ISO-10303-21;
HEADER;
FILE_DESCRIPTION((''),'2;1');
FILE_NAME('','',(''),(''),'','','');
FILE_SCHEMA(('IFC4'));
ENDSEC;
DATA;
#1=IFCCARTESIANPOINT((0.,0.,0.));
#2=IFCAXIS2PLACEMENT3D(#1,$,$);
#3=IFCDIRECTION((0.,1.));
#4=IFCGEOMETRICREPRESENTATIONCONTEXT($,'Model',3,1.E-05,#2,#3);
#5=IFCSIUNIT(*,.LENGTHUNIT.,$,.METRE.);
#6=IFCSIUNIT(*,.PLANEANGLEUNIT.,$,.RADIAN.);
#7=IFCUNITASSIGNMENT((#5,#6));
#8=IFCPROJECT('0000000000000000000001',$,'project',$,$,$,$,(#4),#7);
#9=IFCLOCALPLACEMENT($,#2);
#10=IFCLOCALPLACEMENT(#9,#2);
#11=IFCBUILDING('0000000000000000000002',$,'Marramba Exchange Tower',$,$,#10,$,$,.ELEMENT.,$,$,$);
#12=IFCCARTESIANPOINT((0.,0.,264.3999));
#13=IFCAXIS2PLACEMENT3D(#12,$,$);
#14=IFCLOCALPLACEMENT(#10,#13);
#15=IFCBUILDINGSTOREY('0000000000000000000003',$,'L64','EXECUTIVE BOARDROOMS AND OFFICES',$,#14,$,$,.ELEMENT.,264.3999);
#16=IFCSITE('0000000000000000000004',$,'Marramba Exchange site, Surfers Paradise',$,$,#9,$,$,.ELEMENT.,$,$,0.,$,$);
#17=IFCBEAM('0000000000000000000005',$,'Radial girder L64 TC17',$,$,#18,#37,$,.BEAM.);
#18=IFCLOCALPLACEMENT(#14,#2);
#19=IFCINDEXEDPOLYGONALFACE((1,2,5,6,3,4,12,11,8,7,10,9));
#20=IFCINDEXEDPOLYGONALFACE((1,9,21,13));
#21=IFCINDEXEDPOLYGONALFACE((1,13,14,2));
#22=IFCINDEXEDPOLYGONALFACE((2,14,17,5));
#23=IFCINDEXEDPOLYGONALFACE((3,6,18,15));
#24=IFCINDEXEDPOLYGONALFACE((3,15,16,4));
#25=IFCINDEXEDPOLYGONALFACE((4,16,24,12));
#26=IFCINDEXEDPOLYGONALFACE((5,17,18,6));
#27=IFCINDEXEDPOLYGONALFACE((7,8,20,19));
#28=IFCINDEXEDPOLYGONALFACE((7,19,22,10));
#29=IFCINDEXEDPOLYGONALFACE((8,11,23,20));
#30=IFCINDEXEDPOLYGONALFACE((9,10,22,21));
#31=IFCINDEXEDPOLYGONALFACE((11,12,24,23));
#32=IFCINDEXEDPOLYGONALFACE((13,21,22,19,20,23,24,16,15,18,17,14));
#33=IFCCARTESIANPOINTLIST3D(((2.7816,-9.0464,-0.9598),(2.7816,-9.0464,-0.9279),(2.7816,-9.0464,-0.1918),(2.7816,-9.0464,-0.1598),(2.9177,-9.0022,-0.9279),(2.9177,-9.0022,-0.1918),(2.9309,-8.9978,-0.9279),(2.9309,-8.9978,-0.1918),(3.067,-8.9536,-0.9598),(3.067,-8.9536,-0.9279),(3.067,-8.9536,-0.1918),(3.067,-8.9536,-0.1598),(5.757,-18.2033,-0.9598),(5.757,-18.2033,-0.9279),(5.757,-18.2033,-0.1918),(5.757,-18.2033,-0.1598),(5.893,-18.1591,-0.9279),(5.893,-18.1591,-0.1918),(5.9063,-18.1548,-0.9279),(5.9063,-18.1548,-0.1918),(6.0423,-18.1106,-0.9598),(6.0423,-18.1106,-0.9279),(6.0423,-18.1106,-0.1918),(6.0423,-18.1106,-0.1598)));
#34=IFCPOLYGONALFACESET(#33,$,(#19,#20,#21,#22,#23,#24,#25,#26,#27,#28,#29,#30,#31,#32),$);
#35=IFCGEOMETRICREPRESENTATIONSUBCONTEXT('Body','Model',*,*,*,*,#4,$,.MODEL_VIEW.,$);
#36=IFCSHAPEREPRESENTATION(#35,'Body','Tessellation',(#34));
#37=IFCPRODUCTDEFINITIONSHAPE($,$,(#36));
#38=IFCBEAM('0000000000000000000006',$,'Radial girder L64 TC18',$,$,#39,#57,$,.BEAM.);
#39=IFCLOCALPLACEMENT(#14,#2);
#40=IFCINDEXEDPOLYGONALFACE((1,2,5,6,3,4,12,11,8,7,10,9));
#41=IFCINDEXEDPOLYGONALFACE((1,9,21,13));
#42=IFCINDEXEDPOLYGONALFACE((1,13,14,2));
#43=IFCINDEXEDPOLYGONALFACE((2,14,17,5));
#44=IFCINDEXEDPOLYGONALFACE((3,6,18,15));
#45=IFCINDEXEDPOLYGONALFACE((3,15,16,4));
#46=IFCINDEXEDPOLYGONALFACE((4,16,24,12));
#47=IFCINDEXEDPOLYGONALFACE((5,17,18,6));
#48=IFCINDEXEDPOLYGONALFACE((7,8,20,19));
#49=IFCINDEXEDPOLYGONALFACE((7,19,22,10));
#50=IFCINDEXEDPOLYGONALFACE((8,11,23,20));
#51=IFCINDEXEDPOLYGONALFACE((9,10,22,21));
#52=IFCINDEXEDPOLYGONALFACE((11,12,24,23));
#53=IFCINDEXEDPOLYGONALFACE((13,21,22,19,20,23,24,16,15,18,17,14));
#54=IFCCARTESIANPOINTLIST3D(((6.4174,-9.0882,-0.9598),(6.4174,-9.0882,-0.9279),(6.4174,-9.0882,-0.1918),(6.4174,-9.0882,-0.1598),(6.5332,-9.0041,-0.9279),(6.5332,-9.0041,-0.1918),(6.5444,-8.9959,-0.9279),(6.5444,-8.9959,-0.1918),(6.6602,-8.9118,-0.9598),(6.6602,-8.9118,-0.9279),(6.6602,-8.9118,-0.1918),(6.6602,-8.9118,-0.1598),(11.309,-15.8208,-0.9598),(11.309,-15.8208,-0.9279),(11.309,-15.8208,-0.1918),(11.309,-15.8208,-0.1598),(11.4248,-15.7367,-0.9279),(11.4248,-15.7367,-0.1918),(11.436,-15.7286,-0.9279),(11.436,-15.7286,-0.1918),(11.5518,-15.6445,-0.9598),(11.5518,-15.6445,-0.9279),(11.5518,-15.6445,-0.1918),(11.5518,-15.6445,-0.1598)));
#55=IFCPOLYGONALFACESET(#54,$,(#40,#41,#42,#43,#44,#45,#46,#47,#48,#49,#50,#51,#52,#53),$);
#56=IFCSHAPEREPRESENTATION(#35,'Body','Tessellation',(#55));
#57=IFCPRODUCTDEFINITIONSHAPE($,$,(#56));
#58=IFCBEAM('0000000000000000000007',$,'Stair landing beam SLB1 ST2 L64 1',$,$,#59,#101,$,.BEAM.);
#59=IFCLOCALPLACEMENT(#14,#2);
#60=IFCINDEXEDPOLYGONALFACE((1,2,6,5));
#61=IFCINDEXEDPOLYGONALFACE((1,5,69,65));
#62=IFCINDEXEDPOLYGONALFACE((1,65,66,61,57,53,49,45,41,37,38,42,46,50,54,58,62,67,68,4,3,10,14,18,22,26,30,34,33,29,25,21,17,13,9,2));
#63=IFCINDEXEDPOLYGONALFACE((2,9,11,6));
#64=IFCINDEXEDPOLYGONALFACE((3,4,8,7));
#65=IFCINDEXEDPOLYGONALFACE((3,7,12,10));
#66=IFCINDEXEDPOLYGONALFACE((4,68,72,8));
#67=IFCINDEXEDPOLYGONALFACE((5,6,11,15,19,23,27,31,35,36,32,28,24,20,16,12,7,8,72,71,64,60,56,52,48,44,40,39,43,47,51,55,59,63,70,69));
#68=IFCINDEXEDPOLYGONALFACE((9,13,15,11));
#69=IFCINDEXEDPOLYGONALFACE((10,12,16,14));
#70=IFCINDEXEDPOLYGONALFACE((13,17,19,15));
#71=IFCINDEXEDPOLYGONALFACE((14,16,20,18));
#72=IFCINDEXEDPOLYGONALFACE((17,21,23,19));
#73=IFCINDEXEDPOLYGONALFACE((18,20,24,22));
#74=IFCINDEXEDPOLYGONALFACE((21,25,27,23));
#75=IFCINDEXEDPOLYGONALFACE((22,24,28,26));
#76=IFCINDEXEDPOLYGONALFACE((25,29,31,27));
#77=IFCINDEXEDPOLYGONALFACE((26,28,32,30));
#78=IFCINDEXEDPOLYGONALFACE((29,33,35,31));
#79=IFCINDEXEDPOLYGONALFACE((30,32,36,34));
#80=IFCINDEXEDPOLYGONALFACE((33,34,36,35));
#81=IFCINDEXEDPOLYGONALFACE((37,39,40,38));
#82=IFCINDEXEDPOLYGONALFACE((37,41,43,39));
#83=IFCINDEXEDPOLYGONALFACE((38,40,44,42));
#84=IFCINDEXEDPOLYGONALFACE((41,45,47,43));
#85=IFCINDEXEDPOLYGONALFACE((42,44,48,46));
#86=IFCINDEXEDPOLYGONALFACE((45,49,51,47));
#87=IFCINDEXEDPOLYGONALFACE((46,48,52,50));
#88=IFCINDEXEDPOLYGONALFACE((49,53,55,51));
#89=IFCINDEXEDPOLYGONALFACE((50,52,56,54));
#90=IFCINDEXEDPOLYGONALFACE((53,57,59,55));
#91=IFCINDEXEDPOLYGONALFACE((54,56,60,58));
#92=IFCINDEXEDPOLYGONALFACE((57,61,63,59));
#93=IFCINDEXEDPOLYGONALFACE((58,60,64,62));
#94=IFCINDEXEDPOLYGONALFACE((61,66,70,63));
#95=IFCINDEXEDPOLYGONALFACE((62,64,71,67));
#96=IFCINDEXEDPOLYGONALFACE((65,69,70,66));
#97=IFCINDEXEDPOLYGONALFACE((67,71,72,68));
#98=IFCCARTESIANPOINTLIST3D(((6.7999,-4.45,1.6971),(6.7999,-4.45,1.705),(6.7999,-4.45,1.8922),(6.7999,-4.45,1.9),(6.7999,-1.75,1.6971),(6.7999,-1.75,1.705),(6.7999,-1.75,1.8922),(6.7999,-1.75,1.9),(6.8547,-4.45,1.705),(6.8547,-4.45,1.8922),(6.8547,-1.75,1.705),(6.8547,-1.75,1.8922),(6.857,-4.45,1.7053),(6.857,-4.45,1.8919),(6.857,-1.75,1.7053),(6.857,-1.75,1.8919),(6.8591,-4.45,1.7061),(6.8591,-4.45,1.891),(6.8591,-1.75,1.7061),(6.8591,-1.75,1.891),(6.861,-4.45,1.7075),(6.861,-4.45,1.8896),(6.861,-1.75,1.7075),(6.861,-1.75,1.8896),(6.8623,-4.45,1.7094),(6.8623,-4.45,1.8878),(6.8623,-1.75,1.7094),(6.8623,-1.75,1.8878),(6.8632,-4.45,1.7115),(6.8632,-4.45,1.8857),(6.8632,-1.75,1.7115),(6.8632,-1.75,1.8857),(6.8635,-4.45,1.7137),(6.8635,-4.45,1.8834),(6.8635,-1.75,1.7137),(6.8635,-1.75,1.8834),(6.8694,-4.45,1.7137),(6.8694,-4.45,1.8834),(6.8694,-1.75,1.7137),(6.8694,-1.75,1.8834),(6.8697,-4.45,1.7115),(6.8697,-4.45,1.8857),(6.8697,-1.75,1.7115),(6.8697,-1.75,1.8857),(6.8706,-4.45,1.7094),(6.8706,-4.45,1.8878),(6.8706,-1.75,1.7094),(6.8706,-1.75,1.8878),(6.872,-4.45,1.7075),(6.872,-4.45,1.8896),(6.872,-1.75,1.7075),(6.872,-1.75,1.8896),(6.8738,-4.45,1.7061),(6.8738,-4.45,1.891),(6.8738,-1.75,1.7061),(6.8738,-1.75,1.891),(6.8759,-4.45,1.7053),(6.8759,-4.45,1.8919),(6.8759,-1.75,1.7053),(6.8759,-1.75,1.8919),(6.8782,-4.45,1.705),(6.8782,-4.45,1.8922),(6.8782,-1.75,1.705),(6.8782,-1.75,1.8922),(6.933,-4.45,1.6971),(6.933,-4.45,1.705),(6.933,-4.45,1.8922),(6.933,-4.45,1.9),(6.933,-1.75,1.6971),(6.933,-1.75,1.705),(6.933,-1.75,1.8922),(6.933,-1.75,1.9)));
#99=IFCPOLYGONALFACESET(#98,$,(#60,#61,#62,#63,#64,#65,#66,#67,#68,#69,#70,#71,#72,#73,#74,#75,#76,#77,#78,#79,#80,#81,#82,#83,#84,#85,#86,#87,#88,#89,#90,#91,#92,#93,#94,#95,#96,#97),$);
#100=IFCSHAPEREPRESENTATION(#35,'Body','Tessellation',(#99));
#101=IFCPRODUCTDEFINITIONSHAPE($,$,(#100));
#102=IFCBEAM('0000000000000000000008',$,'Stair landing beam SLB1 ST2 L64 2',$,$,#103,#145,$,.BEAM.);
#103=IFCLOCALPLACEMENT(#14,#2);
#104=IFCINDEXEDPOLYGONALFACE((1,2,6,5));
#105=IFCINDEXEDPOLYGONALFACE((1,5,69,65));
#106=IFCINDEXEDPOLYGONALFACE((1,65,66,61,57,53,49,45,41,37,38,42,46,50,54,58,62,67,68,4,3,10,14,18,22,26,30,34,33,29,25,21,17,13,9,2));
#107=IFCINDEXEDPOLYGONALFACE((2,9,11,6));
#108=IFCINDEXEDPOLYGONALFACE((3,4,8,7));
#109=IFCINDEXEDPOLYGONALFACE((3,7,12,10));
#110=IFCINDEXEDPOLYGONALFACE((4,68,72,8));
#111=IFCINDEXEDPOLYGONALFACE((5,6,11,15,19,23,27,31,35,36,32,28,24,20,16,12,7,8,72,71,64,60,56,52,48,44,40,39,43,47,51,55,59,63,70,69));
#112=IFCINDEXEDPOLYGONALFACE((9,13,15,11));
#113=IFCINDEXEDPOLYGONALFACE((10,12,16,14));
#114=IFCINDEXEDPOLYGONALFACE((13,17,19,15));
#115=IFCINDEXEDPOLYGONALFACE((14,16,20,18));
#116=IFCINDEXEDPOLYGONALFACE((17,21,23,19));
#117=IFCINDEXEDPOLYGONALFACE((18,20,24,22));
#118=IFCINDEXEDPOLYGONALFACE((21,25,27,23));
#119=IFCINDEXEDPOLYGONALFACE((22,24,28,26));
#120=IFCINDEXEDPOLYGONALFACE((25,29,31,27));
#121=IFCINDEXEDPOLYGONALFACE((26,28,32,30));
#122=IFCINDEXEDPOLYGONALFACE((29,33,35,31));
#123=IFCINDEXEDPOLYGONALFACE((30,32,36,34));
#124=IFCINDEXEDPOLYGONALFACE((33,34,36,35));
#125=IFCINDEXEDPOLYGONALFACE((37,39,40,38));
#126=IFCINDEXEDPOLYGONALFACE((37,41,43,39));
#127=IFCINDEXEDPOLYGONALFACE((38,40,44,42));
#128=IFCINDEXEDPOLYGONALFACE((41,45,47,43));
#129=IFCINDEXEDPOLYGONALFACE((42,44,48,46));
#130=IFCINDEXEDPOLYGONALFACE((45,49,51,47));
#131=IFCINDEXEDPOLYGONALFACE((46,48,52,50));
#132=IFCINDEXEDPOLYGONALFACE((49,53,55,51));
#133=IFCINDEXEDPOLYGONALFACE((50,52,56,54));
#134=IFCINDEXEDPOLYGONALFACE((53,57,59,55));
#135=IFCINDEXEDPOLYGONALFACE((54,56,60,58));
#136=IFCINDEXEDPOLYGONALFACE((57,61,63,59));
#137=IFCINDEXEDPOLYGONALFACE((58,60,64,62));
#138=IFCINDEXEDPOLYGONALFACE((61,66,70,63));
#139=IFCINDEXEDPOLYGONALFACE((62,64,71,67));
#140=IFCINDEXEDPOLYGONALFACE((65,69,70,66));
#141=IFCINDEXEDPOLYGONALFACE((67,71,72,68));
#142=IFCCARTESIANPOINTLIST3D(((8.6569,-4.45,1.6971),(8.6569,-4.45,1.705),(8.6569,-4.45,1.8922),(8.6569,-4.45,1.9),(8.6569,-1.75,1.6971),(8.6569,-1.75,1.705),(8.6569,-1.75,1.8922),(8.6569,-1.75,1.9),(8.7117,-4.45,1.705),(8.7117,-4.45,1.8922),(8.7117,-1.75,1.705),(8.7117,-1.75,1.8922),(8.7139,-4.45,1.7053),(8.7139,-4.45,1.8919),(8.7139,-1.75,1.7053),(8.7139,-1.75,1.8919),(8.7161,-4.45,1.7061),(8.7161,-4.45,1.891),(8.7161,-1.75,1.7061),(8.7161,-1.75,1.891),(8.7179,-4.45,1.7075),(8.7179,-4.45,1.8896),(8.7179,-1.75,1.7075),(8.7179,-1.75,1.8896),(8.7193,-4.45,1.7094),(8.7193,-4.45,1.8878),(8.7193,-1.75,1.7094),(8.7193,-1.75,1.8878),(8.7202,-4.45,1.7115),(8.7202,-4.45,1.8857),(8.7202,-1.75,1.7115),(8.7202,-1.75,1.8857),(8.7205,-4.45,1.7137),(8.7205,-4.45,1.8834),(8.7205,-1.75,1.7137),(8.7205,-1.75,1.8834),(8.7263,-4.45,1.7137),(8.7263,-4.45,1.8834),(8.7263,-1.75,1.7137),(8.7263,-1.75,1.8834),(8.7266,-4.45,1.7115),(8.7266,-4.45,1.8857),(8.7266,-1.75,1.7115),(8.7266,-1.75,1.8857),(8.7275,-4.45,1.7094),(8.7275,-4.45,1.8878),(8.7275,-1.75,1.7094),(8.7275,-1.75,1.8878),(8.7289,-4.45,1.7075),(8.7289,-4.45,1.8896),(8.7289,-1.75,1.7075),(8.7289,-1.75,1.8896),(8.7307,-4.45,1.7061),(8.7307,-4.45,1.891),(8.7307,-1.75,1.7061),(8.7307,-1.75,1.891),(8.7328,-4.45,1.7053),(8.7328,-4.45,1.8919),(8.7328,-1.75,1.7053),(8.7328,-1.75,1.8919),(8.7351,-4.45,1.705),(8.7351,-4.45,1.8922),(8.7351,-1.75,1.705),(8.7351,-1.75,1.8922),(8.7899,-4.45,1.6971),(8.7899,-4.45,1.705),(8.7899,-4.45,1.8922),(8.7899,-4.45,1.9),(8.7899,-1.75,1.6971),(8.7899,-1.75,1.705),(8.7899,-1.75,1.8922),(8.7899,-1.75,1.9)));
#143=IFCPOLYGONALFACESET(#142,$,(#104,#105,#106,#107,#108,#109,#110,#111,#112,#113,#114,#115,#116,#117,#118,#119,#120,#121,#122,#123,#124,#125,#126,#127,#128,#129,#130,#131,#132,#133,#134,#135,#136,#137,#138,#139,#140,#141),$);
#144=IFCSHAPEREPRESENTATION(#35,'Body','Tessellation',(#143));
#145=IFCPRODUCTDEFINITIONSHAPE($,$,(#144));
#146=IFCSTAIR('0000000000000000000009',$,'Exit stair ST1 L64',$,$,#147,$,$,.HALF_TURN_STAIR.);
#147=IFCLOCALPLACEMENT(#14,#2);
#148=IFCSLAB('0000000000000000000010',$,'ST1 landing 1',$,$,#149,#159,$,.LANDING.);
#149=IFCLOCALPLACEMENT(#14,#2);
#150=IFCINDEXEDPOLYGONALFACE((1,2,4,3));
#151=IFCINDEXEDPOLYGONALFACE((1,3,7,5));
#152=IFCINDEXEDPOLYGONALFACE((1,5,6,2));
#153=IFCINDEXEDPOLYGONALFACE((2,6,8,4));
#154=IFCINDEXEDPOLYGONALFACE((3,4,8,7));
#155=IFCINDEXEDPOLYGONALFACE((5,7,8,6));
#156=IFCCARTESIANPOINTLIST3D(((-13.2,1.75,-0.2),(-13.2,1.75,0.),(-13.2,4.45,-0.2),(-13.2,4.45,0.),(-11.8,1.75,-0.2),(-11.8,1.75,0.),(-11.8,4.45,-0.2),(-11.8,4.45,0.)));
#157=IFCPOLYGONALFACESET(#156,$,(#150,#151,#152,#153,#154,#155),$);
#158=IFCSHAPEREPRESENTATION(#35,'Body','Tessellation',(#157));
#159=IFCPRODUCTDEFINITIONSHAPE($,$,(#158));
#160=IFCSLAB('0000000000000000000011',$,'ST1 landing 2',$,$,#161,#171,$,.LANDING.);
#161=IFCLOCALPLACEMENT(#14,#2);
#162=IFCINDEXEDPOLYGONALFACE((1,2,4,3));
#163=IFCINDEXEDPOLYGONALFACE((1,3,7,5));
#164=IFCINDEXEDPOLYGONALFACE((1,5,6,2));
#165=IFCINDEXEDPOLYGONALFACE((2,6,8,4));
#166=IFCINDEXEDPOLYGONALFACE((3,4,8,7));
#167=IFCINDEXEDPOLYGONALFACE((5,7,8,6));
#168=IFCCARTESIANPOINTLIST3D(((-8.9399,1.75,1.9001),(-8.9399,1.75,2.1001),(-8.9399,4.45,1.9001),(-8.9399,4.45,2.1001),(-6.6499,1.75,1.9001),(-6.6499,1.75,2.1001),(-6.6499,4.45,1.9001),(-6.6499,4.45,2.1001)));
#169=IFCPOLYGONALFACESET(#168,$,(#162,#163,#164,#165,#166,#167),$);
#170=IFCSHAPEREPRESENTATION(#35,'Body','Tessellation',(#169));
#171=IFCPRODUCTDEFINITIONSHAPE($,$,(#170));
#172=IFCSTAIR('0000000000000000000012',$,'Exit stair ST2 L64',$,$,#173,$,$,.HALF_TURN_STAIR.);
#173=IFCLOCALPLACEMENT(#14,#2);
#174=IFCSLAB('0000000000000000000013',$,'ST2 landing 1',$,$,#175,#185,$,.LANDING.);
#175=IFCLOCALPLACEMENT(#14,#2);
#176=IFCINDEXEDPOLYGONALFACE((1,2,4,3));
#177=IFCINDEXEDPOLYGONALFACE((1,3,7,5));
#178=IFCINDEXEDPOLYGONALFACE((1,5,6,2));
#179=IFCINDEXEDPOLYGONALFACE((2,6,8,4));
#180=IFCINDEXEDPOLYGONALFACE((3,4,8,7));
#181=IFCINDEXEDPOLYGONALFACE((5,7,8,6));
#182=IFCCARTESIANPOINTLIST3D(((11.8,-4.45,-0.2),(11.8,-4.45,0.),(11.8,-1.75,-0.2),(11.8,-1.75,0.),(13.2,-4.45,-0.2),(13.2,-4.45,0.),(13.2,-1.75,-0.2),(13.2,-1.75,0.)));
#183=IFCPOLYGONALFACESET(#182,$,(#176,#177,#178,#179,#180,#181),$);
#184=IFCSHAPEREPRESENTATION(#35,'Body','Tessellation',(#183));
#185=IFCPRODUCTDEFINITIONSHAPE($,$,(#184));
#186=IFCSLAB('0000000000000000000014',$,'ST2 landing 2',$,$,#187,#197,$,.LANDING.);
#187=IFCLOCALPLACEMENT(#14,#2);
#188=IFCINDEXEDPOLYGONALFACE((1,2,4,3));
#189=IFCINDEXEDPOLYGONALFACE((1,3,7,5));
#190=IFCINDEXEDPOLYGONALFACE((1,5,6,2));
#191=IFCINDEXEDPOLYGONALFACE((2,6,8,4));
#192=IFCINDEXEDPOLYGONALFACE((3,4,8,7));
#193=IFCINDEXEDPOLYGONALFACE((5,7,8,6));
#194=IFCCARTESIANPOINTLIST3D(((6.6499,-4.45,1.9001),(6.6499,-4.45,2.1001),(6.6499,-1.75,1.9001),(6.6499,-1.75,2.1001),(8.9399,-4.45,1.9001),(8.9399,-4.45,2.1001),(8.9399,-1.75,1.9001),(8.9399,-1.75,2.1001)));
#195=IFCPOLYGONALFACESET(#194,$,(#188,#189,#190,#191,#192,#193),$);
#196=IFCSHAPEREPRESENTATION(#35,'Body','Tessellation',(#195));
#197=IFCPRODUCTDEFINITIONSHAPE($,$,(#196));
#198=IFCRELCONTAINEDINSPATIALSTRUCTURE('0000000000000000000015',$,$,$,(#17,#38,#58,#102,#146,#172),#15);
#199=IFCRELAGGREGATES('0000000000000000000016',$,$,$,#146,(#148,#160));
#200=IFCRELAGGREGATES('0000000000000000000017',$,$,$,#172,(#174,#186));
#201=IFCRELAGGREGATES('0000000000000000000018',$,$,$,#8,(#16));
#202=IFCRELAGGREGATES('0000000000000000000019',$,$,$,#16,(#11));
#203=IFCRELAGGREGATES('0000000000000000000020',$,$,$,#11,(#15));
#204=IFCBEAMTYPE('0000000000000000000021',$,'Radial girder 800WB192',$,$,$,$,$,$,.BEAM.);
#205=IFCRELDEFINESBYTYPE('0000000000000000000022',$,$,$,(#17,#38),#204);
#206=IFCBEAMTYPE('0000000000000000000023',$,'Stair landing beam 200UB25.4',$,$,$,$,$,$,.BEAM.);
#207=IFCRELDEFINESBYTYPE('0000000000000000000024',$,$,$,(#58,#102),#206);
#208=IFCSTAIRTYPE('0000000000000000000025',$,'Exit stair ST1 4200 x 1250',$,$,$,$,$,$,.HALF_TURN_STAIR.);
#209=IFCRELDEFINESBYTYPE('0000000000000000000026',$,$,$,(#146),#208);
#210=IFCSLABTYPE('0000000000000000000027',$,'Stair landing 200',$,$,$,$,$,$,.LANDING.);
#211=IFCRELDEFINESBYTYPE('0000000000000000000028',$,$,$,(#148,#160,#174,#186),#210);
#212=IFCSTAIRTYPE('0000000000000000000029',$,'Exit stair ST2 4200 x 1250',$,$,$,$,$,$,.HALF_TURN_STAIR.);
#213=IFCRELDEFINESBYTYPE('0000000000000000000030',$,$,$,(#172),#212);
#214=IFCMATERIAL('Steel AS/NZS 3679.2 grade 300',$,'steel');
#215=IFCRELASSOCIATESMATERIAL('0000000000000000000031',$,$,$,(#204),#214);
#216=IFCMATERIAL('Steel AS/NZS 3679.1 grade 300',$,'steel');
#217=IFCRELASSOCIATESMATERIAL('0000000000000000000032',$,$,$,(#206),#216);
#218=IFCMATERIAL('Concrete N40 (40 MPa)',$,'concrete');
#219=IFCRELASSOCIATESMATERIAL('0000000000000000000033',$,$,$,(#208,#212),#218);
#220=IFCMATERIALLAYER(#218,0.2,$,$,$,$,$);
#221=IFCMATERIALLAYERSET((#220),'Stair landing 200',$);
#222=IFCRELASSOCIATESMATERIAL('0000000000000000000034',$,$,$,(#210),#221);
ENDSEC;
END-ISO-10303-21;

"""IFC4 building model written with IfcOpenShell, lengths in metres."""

from ifc_helpers import new_model, si_unit, direction, frame, origin, origin_2d, place, context, subcontext, project, spatial, polyline, i_section, outline, extrude, material, layer, layer_set, material_profile, profile_set, type_object, element, aggregate, save


model = new_model("IFC4")

# Units and contexts
model_context = context("Model", 3, precision=1e-05, world=origin(), true_north=direction((0.0, 1.0)))
body_context = subcontext(model_context, "Body", "Model", "MODEL_VIEW")
ifc_project = project(units=[si_unit("LENGTHUNIT", "METRE"), si_unit("PLANEANGLEUNIT", "RADIAN")], contexts=[model_context])

# Site, building, storey
site_placement = place(None, origin())
site = spatial("IfcSite", under=ifc_project, at=site_placement, Name="Marramba Exchange site, Surfers Paradise", CompositionType="ELEMENT", RefElevation=0.0)
building_placement = place(site_placement, origin())
building = spatial("IfcBuilding", under=site, at=building_placement, Name="Marramba Exchange Tower", CompositionType="ELEMENT")
storey_placement = place(building_placement, frame((0.0, 0.0, 264.3999)))
storey = spatial("IfcBuildingStorey", under=building, at=storey_placement, Name="L64", Description="EXECUTIVE BOARDROOMS AND OFFICES", CompositionType="ELEMENT", Elevation=264.3999)

# Beams
ifc_material_1 = material(Name="Steel AS/NZS 3679.2 grade 300", Category="steel")
ifc_material_profile_1 = material_profile(ifc_material_1, i_section(OverallWidth=0.3, OverallDepth=0.8, WebThickness=0.0139, FlangeThickness=0.032, at=origin_2d()), Name="800WB192")
ifc_profile_set_1 = profile_set([ifc_material_profile_1], Name="Steel AS/NZS 3679.2 grade 300")
beam_type_1 = type_object("IfcBeamType", Name="Radial girder 800WB192", PredefinedType="BEAM", material=ifc_profile_set_1)
beam_1_placement = place(storey_placement, frame((2.9243, -9.0, -0.5598), z_axis=(0.309022, -0.951055, 0.0), x_axis=(0.951055, 0.309022, 0.0)))
element("IfcBeam", 1, at=beam_1_placement, inside=storey, type_object=beam_type_1, Name="Radial girder L64 TC17", PredefinedType="BEAM", context=body_context, shape_type="SweptSolid", body=[
    extrude(i_section(OverallWidth=0.3, OverallDepth=0.8, WebThickness=0.0139, FlangeThickness=0.032, at=origin_2d()), origin(), (0.0, 0.0, 1.0), 9.6282),
])
beam_2_placement = place(storey_placement, frame((6.5388, -9.0, -0.5598), z_axis=(0.587788, -0.809015, 0.0), x_axis=(0.809015, 0.587788, 0.0)))
element("IfcBeam", 2, at=beam_2_placement, inside=storey, type_object=beam_type_1, Name="Radial girder L64 TC18", PredefinedType="BEAM", context=body_context, shape_type="SweptSolid", body=[
    extrude(i_section(OverallWidth=0.3, OverallDepth=0.8, WebThickness=0.0139, FlangeThickness=0.032, at=origin_2d()), origin(), (0.0, 0.0, 1.0), 8.322),
])
ifc_material_2 = material(Name="Steel AS/NZS 3679.1 grade 300", Category="steel")
ifc_material_profile_2 = material_profile(ifc_material_2, i_section(OverallWidth=0.1331, OverallDepth=0.2029, WebThickness=0.0059, FlangeThickness=0.0078, FilletRadius=0.0088, at=origin_2d()), Name="200UB25.4")
ifc_profile_set_2 = profile_set([ifc_material_profile_2], Name="Steel AS/NZS 3679.1 grade 300")
beam_type_2 = type_object("IfcBeamType", Name="Stair landing beam 200UB25.4", PredefinedType="BEAM", material=ifc_profile_set_2)
for number, where, z_axis, x_axis, name in (
    (3, (6.8665, -4.45, 1.7986), (0.0, 1.0, 0.0), (-1.0, 0.0, 0.0), "Stair landing beam SLB1 ST2 L64 1"),
    (4, (8.7234, -4.45, 1.7986), (0.0, 1.0, 0.0), (-1.0, 0.0, 0.0), "Stair landing beam SLB1 ST2 L64 2"),
):
    element("IfcBeam", number, at=place(storey_placement, frame(where, z_axis=z_axis, x_axis=x_axis)), inside=storey, type_object=beam_type_2, Name=name, PredefinedType="BEAM", context=body_context, shape_type="SweptSolid", body=[
        extrude(i_section(OverallWidth=0.1331, OverallDepth=0.2029, WebThickness=0.0059, FlangeThickness=0.0078, FilletRadius=0.0088, at=origin_2d()), origin(), (0.0, 0.0, 1.0), 2.7),
    ])

# Stairs, slabs
ifc_material_3 = material(Name="Concrete N40 (40 MPa)", Category="concrete")
stair_type_1 = type_object("IfcStairType", Name="Exit stair ST1 4200 x 1250", PredefinedType="HALF_TURN_STAIR", material=ifc_material_3)
stair_1_placement = place(storey_placement, origin())
stair_1 = element("IfcStair", 5, at=stair_1_placement, inside=storey, type_object=stair_type_1, Name="Exit stair ST1 L64", PredefinedType="HALF_TURN_STAIR")
ifc_layer_1 = layer(ifc_material_3, 0.2)
ifc_layer_set_1 = layer_set([ifc_layer_1], Name="Stair landing 200")
slab_type = type_object("IfcSlabType", Name="Stair landing 200", PredefinedType="LANDING", material=ifc_layer_set_1)
slab_1_placement = place(storey_placement, frame((0.0, 0.0, -0.2)))
slab_1 = element("IfcSlab", 6, at=slab_1_placement, type_object=slab_type, Name="ST1 landing 1", PredefinedType="LANDING", context=body_context, shape_type="SweptSolid", body=[
    extrude(outline(polyline([(-13.2, 1.75), (-11.8, 1.75), (-11.8, 4.45), (-13.2, 4.45), (-13.2, 1.75)])), origin(), (0.0, 0.0, 1.0), 0.2),
])
slab_2_placement = place(storey_placement, frame((0.0, 0.0, 1.9001)))
slab_2 = element("IfcSlab", 7, at=slab_2_placement, type_object=slab_type, Name="ST1 landing 2", PredefinedType="LANDING", context=body_context, shape_type="SweptSolid", body=[
    extrude(outline(polyline([(-8.9399, 1.75), (-6.6499, 1.75), (-6.6499, 4.45), (-8.9399, 4.45), (-8.9399, 1.75)])), origin(), (0.0, 0.0, 1.0), 0.2),
])
aggregate(stair_1, [slab_1, slab_2])
stair_type_2 = type_object("IfcStairType", Name="Exit stair ST2 4200 x 1250", PredefinedType="HALF_TURN_STAIR", material=ifc_material_3)
stair_2_placement = place(storey_placement, origin())
stair_2 = element("IfcStair", 8, at=stair_2_placement, inside=storey, type_object=stair_type_2, Name="Exit stair ST2 L64", PredefinedType="HALF_TURN_STAIR")
slab_3_placement = place(storey_placement, frame((0.0, 0.0, -0.2)))
slab_3 = element("IfcSlab", 9, at=slab_3_placement, type_object=slab_type, Name="ST2 landing 1", PredefinedType="LANDING", context=body_context, shape_type="SweptSolid", body=[
    extrude(outline(polyline([(11.8, -4.45), (13.2, -4.45), (13.2, -1.75), (11.8, -1.75), (11.8, -4.45)])), origin(), (0.0, 0.0, 1.0), 0.2),
])
slab_4_placement = place(storey_placement, frame((0.0, 0.0, 1.9001)))
slab_4 = element("IfcSlab", 10, at=slab_4_placement, type_object=slab_type, Name="ST2 landing 2", PredefinedType="LANDING", context=body_context, shape_type="SweptSolid", body=[
    extrude(outline(polyline([(6.6499, -4.45), (8.9399, -4.45), (8.9399, -1.75), (6.6499, -1.75), (6.6499, -4.45)])), origin(), (0.0, 0.0, 1.0), 0.2),
])

aggregate(stair_2, [slab_3, slab_4])

save(model, "model.ifc")
